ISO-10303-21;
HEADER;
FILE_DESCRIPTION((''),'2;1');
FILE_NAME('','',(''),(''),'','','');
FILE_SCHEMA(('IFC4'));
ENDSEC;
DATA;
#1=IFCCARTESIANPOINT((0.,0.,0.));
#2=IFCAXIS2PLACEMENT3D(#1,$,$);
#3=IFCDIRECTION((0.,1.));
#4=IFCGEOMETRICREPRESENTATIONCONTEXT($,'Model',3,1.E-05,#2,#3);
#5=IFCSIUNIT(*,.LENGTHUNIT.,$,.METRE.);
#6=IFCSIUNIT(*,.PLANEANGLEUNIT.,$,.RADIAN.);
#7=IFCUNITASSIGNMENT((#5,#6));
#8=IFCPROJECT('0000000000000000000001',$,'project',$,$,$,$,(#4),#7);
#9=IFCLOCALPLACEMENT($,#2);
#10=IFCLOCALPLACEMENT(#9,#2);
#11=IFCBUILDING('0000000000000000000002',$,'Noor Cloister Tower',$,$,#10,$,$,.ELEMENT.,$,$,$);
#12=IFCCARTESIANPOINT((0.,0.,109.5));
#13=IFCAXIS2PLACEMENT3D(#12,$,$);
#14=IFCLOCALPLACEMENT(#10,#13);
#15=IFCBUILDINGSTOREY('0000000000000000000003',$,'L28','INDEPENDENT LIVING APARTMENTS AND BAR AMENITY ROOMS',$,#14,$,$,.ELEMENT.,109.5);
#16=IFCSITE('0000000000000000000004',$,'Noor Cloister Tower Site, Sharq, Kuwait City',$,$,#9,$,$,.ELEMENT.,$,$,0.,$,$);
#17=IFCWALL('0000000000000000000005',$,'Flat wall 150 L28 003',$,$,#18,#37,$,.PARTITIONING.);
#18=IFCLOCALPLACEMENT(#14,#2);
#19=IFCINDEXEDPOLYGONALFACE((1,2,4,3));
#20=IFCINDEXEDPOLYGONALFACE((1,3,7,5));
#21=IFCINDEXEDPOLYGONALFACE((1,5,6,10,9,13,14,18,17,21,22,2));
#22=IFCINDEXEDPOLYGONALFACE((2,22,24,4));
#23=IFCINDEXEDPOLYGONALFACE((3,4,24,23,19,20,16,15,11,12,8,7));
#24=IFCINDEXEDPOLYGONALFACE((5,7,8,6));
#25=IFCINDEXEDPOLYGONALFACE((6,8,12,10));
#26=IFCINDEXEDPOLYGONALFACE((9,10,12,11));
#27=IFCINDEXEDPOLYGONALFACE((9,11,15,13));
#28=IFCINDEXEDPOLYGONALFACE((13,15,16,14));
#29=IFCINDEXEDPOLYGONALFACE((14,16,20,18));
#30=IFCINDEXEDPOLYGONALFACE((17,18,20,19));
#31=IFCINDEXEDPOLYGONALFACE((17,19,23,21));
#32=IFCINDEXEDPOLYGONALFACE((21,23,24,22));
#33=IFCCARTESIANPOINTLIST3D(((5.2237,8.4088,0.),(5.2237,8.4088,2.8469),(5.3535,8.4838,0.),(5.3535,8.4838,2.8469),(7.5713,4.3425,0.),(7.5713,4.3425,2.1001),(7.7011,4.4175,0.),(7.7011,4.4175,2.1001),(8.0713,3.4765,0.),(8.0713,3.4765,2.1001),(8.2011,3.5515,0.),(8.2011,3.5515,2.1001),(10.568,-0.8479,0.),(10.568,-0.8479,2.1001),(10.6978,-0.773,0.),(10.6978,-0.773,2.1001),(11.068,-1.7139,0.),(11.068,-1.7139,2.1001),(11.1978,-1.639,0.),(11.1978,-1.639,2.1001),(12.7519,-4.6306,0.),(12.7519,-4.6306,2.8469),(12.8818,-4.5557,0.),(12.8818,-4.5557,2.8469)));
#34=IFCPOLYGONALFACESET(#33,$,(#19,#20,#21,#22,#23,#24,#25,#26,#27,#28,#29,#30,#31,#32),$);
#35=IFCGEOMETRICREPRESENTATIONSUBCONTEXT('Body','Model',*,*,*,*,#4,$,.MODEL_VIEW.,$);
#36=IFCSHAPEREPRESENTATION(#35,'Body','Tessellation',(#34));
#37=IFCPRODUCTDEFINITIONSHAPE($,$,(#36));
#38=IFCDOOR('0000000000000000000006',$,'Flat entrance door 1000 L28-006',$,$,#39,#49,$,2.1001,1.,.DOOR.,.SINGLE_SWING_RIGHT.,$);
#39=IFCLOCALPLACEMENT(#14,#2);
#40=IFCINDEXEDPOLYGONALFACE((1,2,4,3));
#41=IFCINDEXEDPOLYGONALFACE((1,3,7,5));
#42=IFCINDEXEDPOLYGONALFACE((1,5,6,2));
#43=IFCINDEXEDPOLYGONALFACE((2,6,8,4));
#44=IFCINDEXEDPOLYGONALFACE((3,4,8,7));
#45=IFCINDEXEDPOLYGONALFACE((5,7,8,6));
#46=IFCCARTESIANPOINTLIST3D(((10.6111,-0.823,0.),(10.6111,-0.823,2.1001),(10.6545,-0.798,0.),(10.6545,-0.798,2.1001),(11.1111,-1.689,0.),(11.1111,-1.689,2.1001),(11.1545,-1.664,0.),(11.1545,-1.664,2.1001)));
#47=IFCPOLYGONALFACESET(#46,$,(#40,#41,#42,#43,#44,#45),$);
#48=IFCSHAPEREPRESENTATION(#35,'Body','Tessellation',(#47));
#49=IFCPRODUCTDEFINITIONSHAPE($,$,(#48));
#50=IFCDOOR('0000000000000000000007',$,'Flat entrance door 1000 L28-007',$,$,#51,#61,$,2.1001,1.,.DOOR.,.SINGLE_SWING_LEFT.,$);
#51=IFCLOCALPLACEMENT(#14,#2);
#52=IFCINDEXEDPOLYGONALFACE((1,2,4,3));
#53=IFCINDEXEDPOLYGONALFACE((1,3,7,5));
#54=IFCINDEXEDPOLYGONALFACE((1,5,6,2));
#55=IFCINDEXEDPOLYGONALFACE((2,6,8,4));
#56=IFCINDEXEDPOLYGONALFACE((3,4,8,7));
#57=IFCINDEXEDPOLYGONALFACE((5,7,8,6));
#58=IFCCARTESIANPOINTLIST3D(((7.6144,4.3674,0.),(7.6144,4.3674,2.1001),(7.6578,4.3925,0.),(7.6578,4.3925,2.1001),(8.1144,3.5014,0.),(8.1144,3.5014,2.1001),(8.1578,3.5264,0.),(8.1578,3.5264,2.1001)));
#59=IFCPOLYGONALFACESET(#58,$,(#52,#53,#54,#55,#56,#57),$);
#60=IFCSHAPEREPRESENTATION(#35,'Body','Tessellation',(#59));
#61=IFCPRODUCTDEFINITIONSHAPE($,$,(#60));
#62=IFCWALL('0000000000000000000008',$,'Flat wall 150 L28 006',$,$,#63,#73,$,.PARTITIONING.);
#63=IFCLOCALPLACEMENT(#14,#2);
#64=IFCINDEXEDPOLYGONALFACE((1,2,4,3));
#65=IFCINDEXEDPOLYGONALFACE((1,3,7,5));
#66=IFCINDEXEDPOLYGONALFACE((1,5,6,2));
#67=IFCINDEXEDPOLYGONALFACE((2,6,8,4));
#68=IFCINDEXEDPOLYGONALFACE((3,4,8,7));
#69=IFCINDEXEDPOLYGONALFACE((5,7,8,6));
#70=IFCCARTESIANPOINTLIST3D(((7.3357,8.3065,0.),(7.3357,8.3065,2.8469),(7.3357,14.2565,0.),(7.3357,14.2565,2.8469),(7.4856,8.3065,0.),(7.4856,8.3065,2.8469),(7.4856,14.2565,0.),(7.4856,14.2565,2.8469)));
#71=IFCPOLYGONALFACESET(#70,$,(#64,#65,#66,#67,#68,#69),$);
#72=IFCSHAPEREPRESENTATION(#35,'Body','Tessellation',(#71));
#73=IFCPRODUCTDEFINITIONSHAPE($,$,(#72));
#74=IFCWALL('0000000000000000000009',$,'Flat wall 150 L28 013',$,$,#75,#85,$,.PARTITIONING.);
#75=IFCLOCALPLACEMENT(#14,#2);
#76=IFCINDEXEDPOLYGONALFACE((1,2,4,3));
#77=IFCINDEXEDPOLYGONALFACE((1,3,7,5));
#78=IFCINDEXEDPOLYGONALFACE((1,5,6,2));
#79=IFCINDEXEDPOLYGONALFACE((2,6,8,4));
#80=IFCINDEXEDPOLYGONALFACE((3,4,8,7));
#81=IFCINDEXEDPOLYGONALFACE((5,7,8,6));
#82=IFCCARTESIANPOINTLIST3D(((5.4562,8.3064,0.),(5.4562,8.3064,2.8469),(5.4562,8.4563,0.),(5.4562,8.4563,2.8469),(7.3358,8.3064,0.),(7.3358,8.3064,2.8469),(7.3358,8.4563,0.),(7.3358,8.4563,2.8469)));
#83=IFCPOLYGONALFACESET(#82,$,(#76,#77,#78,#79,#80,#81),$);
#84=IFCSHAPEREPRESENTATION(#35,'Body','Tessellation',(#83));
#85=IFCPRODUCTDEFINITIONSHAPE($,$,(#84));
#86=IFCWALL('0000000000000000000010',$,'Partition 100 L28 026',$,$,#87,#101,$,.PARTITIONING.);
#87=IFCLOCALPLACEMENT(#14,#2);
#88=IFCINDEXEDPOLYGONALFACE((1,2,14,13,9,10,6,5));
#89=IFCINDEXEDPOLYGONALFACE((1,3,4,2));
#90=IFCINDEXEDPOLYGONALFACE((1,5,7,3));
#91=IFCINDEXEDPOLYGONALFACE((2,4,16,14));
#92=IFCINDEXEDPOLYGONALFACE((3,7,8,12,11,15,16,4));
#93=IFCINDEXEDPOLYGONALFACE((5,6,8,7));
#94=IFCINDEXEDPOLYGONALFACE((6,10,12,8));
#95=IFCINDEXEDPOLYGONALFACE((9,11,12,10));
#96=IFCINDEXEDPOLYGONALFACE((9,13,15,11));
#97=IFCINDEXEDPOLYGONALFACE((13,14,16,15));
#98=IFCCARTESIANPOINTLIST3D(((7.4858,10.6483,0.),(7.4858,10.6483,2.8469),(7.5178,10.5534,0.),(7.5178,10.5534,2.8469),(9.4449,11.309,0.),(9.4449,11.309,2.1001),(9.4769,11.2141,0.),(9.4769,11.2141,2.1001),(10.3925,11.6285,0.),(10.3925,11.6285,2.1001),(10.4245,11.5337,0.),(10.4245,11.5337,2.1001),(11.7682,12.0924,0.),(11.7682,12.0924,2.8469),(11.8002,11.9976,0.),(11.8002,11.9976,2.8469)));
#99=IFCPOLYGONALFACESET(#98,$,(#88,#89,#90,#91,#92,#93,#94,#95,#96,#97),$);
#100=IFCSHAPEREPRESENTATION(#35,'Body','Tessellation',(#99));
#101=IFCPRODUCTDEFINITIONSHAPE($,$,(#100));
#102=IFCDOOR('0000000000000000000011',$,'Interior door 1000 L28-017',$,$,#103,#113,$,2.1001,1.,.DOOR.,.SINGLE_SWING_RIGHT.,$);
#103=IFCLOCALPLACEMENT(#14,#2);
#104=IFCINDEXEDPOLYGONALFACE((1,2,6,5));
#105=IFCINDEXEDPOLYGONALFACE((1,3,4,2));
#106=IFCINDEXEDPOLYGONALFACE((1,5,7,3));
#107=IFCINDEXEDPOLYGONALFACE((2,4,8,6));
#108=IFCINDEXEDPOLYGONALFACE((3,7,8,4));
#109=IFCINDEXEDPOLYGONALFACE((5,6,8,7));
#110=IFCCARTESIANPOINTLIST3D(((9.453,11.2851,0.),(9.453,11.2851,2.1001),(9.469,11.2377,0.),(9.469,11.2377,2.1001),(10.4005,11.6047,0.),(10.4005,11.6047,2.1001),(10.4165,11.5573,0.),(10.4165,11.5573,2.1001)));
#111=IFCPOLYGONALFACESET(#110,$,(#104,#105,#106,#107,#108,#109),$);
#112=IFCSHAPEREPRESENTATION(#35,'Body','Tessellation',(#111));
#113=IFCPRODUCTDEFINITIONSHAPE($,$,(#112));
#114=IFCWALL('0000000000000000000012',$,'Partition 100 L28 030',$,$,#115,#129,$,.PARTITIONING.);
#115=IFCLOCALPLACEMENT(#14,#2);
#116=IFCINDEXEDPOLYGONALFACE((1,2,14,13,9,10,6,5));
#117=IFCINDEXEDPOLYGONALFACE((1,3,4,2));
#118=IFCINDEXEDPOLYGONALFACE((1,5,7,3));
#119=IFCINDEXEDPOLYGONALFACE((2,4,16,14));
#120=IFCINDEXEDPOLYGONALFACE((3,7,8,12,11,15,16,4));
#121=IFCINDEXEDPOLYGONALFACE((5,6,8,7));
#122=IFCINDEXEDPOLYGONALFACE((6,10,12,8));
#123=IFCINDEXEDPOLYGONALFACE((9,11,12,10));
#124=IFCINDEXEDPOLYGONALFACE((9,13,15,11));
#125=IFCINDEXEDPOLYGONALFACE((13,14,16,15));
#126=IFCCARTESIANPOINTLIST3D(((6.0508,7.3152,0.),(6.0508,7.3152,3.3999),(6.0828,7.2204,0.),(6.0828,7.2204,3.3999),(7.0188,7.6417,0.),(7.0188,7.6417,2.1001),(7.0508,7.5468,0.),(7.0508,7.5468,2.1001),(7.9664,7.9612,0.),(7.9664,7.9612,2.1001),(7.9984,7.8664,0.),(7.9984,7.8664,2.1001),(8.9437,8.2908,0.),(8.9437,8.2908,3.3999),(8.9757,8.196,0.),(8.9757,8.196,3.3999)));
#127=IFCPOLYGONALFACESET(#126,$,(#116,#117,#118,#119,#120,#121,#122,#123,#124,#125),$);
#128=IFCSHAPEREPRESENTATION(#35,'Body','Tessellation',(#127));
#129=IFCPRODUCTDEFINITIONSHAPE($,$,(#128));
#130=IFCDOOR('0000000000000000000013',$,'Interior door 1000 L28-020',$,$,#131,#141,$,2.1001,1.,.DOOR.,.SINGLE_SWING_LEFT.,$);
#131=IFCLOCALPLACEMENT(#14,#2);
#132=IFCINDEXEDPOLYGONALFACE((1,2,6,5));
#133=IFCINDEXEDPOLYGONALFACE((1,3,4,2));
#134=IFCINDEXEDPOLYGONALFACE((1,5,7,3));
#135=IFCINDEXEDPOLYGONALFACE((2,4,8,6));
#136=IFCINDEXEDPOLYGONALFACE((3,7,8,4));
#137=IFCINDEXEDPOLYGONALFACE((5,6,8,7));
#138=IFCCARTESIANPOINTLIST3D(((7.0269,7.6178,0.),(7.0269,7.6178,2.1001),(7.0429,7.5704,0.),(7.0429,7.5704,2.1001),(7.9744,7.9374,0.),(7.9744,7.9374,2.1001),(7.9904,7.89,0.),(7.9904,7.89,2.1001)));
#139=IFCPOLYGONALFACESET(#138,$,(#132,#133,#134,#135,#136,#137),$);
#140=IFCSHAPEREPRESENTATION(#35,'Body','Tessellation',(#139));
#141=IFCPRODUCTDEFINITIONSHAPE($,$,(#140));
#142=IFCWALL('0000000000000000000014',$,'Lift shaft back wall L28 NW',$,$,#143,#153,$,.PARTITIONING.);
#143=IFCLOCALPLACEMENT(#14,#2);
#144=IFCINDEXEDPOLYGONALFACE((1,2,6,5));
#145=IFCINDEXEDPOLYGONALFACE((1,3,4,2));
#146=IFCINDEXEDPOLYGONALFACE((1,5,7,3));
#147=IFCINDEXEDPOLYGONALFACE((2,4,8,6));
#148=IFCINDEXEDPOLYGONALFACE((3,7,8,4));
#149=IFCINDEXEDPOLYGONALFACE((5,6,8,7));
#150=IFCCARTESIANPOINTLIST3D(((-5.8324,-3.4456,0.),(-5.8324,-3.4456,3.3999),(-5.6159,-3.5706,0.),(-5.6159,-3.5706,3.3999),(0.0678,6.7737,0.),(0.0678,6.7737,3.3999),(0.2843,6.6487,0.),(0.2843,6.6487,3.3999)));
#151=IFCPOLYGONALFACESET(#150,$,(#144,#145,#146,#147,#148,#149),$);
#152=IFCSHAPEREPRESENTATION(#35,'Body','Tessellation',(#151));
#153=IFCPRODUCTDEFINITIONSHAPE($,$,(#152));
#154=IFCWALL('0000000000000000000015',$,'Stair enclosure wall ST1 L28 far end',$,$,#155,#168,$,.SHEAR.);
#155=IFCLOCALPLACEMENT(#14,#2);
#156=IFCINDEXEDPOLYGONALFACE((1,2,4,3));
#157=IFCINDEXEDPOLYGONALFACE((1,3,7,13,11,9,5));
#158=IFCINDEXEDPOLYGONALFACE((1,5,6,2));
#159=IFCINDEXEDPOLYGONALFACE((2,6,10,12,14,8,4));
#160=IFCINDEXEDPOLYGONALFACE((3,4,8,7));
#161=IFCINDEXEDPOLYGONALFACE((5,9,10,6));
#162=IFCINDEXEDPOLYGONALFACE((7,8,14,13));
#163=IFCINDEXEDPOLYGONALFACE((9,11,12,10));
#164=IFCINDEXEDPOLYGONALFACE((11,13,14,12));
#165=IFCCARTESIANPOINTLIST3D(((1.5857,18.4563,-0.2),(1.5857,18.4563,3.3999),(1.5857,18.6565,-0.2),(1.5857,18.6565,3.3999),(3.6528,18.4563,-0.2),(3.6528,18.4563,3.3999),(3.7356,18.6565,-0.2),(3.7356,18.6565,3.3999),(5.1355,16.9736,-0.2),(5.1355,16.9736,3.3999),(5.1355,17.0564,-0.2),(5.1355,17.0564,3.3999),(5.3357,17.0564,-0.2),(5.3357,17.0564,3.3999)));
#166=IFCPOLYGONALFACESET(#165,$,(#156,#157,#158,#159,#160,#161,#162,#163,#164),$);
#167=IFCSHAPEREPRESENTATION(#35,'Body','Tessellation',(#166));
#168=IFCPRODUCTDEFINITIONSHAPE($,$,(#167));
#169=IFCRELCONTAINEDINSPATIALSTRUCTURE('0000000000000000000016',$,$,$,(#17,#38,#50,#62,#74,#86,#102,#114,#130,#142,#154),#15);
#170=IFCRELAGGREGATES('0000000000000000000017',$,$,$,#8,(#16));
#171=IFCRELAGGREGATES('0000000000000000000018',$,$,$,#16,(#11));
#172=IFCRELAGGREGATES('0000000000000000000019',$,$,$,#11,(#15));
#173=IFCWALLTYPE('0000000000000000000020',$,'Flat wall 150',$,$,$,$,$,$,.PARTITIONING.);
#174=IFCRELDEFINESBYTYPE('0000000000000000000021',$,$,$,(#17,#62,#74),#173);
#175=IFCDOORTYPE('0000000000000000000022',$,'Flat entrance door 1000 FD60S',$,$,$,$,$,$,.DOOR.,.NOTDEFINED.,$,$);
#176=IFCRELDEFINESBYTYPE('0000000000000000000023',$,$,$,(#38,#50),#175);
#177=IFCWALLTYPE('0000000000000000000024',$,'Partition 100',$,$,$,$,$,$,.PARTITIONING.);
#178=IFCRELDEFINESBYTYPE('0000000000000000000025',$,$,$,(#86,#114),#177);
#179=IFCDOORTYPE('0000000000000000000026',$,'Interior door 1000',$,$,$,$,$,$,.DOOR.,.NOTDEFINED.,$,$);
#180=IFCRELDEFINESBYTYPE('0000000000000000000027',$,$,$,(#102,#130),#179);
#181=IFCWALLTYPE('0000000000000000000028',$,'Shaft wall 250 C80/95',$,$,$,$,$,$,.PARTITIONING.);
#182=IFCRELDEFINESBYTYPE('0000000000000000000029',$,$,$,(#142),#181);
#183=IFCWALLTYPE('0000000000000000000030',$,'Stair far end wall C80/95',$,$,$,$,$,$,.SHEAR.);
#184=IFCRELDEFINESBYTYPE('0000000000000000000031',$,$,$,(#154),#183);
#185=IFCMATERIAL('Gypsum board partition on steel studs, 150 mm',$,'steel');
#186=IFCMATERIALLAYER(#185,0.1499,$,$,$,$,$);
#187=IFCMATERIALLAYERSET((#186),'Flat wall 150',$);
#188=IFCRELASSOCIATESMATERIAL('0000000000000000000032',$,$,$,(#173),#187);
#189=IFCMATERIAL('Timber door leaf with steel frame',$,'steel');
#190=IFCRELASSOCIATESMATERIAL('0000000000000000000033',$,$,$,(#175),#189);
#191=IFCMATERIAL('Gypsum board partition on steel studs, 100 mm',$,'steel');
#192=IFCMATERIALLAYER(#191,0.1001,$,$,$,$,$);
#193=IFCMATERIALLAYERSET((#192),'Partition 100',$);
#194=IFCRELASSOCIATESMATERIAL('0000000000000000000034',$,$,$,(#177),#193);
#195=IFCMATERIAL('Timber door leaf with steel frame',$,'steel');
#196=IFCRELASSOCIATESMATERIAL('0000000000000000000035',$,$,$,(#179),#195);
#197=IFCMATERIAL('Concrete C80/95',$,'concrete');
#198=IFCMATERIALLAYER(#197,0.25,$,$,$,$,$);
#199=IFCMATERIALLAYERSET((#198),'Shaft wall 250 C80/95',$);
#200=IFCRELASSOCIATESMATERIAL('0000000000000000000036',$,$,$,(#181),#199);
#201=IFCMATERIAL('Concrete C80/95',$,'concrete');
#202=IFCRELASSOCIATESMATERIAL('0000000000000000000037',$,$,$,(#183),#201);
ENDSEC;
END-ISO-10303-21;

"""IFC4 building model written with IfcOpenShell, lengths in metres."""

from ifc_helpers import new_model, si_unit, direction, frame, frame_2d, origin, place, context, subcontext, project, spatial, polyline, rectangle, outline, extrude, material, layer, layer_set, type_object, element, fill, save


model = new_model("IFC4")

# Units and contexts
model_context = context("Model", 3, precision=1e-05, world=origin(), true_north=direction((0.0, 1.0)))
body_context = subcontext(model_context, "Body", "Model", "MODEL_VIEW")
ifc_project = project(units=[si_unit("LENGTHUNIT", "METRE"), si_unit("PLANEANGLEUNIT", "RADIAN")], contexts=[model_context])

# Site, building, storey
site_placement = place(None, origin())
site = spatial("IfcSite", under=ifc_project, at=site_placement, Name="Noor Cloister Tower Site, Sharq, Kuwait City", CompositionType="ELEMENT", RefElevation=0.0)
building_placement = place(site_placement, origin())
building = spatial("IfcBuilding", under=site, at=building_placement, Name="Noor Cloister Tower", CompositionType="ELEMENT")
storey_placement = place(building_placement, frame((0.0, 0.0, 109.5)))
storey = spatial("IfcBuildingStorey", under=building, at=storey_placement, Name="L28", Description="INDEPENDENT LIVING APARTMENTS AND BAR AMENITY ROOMS", CompositionType="ELEMENT", Elevation=109.5)

# Wall, openings, doors
ifc_material_1 = material(Name="Gypsum board partition on steel studs, 150 mm", Category="steel")
ifc_layer_1 = layer(ifc_material_1, 0.1499)
ifc_layer_set_1 = layer_set([ifc_layer_1], Name="Flat wall 150")
wall_type_1 = type_object("IfcWallType", Name="Flat wall 150", PredefinedType="PARTITIONING", material=ifc_layer_set_1)
wall_1_placement = place(storey_placement, frame((5.2886, 8.4463, 0.0), z_axis=(0.0, 0.0, 1.0), x_axis=(0.499997, -0.866027, 0.0)))
wall_1 = element("IfcWall", 1, at=wall_1_placement, inside=storey, type_object=wall_type_1, Name="Flat wall 150 L28 003", PredefinedType="PARTITIONING", context=body_context, shape_type="SweptSolid", body=[
    extrude(rectangle(XDim=15.0566, YDim=0.1499, at=frame_2d((7.5283, 0.0))), origin(), (0.0, 0.0, 1.0), 2.8469),
])
opening_1_placement = place(wall_1_placement, frame((10.6887, 0.0, 0.0)))
opening_1 = element("IfcOpeningElement", 2, at=opening_1_placement, cuts=wall_1, PredefinedType="OPENING", context=body_context, shape_type="SweptSolid", body=[
    extrude(rectangle(XDim=1.0, YDim=2.1001, at=frame_2d((0.5, 1.05))), frame((0.0, 0.085, 0.0), z_axis=(0.0, -1.0, 0.0), x_axis=(1.0, 0.0, 0.0)), (0.0, 0.0, 1.0), 0.1699),
])
opening_2_placement = place(wall_1_placement, frame((4.6953, 0.0, 0.0)))
opening_2 = element("IfcOpeningElement", 3, at=opening_2_placement, cuts=wall_1, PredefinedType="OPENING", context=body_context, shape_type="SweptSolid", body=[
    extrude(rectangle(XDim=1.0, YDim=2.1001, at=frame_2d((0.5, 1.05))), frame((0.0, 0.085, 0.0), z_axis=(0.0, -1.0, 0.0), x_axis=(1.0, 0.0, 0.0)), (0.0, 0.0, 1.0), 0.1699),
])
ifc_material_2 = material(Name="Timber door leaf with steel frame", Category="steel")
door_type_1 = type_object("IfcDoorType", Name="Flat entrance door 1000 FD60S", OperationType="NOTDEFINED", PredefinedType="DOOR", material=ifc_material_2)
door_1_placement = place(opening_1_placement, origin())
door_1 = element("IfcDoor", 4, at=door_1_placement, inside=storey, type_object=door_type_1, Name="Flat entrance door 1000 L28-006", OperationType="SINGLE_SWING_RIGHT", OverallHeight=2.1001, OverallWidth=1.0, PredefinedType="DOOR", context=body_context, shape_type="SweptSolid", body=[
    extrude(rectangle(XDim=1.0, YDim=2.1001, at=frame_2d((0.5, 1.05))), frame((0.0, 0.0249, 0.0), z_axis=(0.0, -1.0, 0.0), x_axis=(1.0, 0.0, 0.0)), (0.0, 0.0, 1.0), 0.05),
])
fill(opening_1, door_1)
door_2_placement = place(opening_2_placement, origin())
door_2 = element("IfcDoor", 5, at=door_2_placement, inside=storey, type_object=door_type_1, Name="Flat entrance door 1000 L28-007", OperationType="SINGLE_SWING_LEFT", OverallHeight=2.1001, OverallWidth=1.0, PredefinedType="DOOR", context=body_context, shape_type="SweptSolid", body=[
    extrude(rectangle(XDim=1.0, YDim=2.1001, at=frame_2d((0.5, 1.05))), frame((0.0, 0.0249, 0.0), z_axis=(0.0, -1.0, 0.0), x_axis=(1.0, 0.0, 0.0)), (0.0, 0.0, 1.0), 0.05),
])
fill(opening_2, door_2)

# Walls
wall_2_placement = place(storey_placement, frame((7.4106, 8.3064, 0.0), z_axis=(0.0, 0.0, 1.0), x_axis=(0.0, 1.0, 0.0)))
element("IfcWall", 6, at=wall_2_placement, inside=storey, type_object=wall_type_1, Name="Flat wall 150 L28 006", PredefinedType="PARTITIONING", context=body_context, shape_type="SweptSolid", body=[
    extrude(rectangle(XDim=5.95, YDim=0.1499, at=frame_2d((2.9751, 0.0))), origin(), (0.0, 0.0, 1.0), 2.8469),
])
wall_3_placement = place(storey_placement, frame((5.4561, 8.3813, 0.0), z_axis=(0.0, 0.0, 1.0), x_axis=(1.0, 0.0, 0.0)))
element("IfcWall", 7, at=wall_3_placement, inside=storey, type_object=wall_type_1, Name="Flat wall 150 L28 013", PredefinedType="PARTITIONING", context=body_context, shape_type="SweptSolid", body=[
    extrude(rectangle(XDim=1.8796, YDim=0.1499, at=frame_2d((0.9399, 0.0))), origin(), (0.0, 0.0, 1.0), 2.8469),
])

# Walls, openings, doors
ifc_material_3 = material(Name="Gypsum board partition on steel studs, 100 mm", Category="steel")
ifc_layer_2 = layer(ifc_material_3, 0.1001)
ifc_layer_set_2 = layer_set([ifc_layer_2], Name="Partition 100")
wall_type_2 = type_object("IfcWallType", Name="Partition 100", PredefinedType="PARTITIONING", material=ifc_layer_set_2)
wall_4_placement = place(storey_placement, frame((7.5017, 10.6008, 0.0), z_axis=(0.0, 0.0, 1.0), x_axis=(0.94757, 0.319548, 0.0)))
wall_4 = element("IfcWall", 8, at=wall_4_placement, inside=storey, type_object=wall_type_2, Name="Partition 100 L28 026", PredefinedType="PARTITIONING", context=body_context, shape_type="SweptSolid", body=[
    extrude(rectangle(XDim=4.5193, YDim=0.1001, at=frame_2d((2.2598, 0.0))), origin(), (0.0, 0.0, 1.0), 2.8469),
])
opening_3_placement = place(wall_4_placement, frame((2.0676, 0.0, 0.0)))
opening_3 = element("IfcOpeningElement", 9, at=opening_3_placement, cuts=wall_4, PredefinedType="OPENING", context=body_context, shape_type="SweptSolid", body=[
    extrude(rectangle(XDim=1.0, YDim=2.1001, at=frame_2d((0.5, 1.05))), frame((0.0, 0.0601, 0.0), z_axis=(0.0, -1.0, 0.0), x_axis=(1.0, 0.0, 0.0)), (0.0, 0.0, 1.0), 0.1201),
])
ifc_material_4 = material(Name="Timber door leaf with steel frame", Category="steel")
door_type_2 = type_object("IfcDoorType", Name="Interior door 1000", OperationType="NOTDEFINED", PredefinedType="DOOR", material=ifc_material_4)
door_3_placement = place(opening_3_placement, origin())
door_3 = element("IfcDoor", 10, at=door_3_placement, inside=storey, type_object=door_type_2, Name="Interior door 1000 L28-017", OperationType="SINGLE_SWING_RIGHT", OverallHeight=2.1001, OverallWidth=1.0, PredefinedType="DOOR", context=body_context, shape_type="SweptSolid", body=[
    extrude(rectangle(XDim=1.0, YDim=2.1001, at=frame_2d((0.5, 1.05))), frame((0.0, 0.0249, 0.0), z_axis=(0.0, -1.0, 0.0), x_axis=(1.0, 0.0, 0.0)), (0.0, 0.0, 1.0), 0.05),
])
fill(opening_3, door_3)
wall_5_placement = place(storey_placement, frame((6.0669, 7.2678, 0.0), z_axis=(0.0, 0.0, 1.0), x_axis=(0.947566, 0.319561, 0.0)))
wall_5 = element("IfcWall", 11, at=wall_5_placement, inside=storey, type_object=wall_type_2, Name="Partition 100 L28 030", PredefinedType="PARTITIONING", context=body_context, shape_type="SweptSolid", body=[
    extrude(rectangle(XDim=3.053, YDim=0.1001, at=frame_2d((1.5264, 0.0))), origin(), (0.0, 0.0, 1.0), 3.3999),
])
opening_4_placement = place(wall_5_placement, frame((1.0215, 0.0, 0.0)))
opening_4 = element("IfcOpeningElement", 12, at=opening_4_placement, cuts=wall_5, PredefinedType="OPENING", context=body_context, shape_type="SweptSolid", body=[
    extrude(rectangle(XDim=1.0, YDim=2.1001, at=frame_2d((0.5, 1.05))), frame((0.0, 0.0601, 0.0), z_axis=(0.0, -1.0, 0.0), x_axis=(1.0, 0.0, 0.0)), (0.0, 0.0, 1.0), 0.1201),
])
door_4_placement = place(opening_4_placement, origin())
door_4 = element("IfcDoor", 13, at=door_4_placement, inside=storey, type_object=door_type_2, Name="Interior door 1000 L28-020", OperationType="SINGLE_SWING_LEFT", OverallHeight=2.1001, OverallWidth=1.0, PredefinedType="DOOR", context=body_context, shape_type="SweptSolid", body=[
    extrude(rectangle(XDim=1.0, YDim=2.1001, at=frame_2d((0.5, 1.05))), frame((0.0, 0.0249, 0.0), z_axis=(0.0, -1.0, 0.0), x_axis=(1.0, 0.0, 0.0)), (0.0, 0.0, 1.0), 0.05),
])
fill(opening_4, door_4)

# Walls
ifc_material_5 = material(Name="Concrete C80/95", Category="concrete")
ifc_layer_3 = layer(ifc_material_5, 0.25)
ifc_layer_set_3 = layer_set([ifc_layer_3], Name="Shaft wall 250 C80/95")
wall_type_3 = type_object("IfcWallType", Name="Shaft wall 250 C80/95", PredefinedType="PARTITIONING", material=ifc_layer_set_3)
wall_6_placement = place(storey_placement, frame((0.176, 6.7112, 0.0), z_axis=(0.0, 0.0, 1.0), x_axis=(-0.500004, -0.866023, 0.0)))
element("IfcWall", 14, at=wall_6_placement, inside=storey, type_object=wall_type_3, Name="Lift shaft back wall L28 NW", PredefinedType="PARTITIONING", context=body_context, shape_type="SweptSolid", body=[
    extrude(rectangle(XDim=11.8003, YDim=0.25, at=frame_2d((5.9001, 0.0))), origin(), (0.0, 0.0, 1.0), 3.3999),
])
ifc_material_6 = material(Name="Concrete C80/95", Category="concrete")
wall_type_4 = type_object("IfcWallType", Name="Stair far end wall C80/95", PredefinedType="SHEAR", material=ifc_material_6)
wall_7_placement = place(storey_placement, frame((0.0, 0.0, -0.2)))
element("IfcWall", 15, at=wall_7_placement, inside=storey, type_object=wall_type_4, Name="Stair enclosure wall ST1 L28 far end", PredefinedType="SHEAR", context=body_context, shape_type="SweptSolid", body=[
    extrude(outline(polyline([(5.3357, 17.0564), (3.7356, 18.6565), (1.5857, 18.6565), (1.5857, 18.4563), (3.6528, 18.4563), (5.1355, 16.9736), (5.1355, 17.0564), (5.1355, 17.0564), (5.1355, 17.0564), (5.1355, 17.0564), (5.1355, 17.0564), (5.1355, 17.0564), (5.1355, 17.0564), (5.1355, 17.0564), (5.1355, 17.0564), (5.1355, 17.0564), (5.1355, 17.0564), (5.1355, 17.0564), (5.1355, 17.0564), (5.1355, 17.0564), (5.1355, 17.0564), (5.1355, 17.0564), (5.1355, 17.0564), (5.3357, 17.0564)])), origin(), (0.0, 0.0, 1.0), 3.5999),
])

save(model, "model.ifc")
